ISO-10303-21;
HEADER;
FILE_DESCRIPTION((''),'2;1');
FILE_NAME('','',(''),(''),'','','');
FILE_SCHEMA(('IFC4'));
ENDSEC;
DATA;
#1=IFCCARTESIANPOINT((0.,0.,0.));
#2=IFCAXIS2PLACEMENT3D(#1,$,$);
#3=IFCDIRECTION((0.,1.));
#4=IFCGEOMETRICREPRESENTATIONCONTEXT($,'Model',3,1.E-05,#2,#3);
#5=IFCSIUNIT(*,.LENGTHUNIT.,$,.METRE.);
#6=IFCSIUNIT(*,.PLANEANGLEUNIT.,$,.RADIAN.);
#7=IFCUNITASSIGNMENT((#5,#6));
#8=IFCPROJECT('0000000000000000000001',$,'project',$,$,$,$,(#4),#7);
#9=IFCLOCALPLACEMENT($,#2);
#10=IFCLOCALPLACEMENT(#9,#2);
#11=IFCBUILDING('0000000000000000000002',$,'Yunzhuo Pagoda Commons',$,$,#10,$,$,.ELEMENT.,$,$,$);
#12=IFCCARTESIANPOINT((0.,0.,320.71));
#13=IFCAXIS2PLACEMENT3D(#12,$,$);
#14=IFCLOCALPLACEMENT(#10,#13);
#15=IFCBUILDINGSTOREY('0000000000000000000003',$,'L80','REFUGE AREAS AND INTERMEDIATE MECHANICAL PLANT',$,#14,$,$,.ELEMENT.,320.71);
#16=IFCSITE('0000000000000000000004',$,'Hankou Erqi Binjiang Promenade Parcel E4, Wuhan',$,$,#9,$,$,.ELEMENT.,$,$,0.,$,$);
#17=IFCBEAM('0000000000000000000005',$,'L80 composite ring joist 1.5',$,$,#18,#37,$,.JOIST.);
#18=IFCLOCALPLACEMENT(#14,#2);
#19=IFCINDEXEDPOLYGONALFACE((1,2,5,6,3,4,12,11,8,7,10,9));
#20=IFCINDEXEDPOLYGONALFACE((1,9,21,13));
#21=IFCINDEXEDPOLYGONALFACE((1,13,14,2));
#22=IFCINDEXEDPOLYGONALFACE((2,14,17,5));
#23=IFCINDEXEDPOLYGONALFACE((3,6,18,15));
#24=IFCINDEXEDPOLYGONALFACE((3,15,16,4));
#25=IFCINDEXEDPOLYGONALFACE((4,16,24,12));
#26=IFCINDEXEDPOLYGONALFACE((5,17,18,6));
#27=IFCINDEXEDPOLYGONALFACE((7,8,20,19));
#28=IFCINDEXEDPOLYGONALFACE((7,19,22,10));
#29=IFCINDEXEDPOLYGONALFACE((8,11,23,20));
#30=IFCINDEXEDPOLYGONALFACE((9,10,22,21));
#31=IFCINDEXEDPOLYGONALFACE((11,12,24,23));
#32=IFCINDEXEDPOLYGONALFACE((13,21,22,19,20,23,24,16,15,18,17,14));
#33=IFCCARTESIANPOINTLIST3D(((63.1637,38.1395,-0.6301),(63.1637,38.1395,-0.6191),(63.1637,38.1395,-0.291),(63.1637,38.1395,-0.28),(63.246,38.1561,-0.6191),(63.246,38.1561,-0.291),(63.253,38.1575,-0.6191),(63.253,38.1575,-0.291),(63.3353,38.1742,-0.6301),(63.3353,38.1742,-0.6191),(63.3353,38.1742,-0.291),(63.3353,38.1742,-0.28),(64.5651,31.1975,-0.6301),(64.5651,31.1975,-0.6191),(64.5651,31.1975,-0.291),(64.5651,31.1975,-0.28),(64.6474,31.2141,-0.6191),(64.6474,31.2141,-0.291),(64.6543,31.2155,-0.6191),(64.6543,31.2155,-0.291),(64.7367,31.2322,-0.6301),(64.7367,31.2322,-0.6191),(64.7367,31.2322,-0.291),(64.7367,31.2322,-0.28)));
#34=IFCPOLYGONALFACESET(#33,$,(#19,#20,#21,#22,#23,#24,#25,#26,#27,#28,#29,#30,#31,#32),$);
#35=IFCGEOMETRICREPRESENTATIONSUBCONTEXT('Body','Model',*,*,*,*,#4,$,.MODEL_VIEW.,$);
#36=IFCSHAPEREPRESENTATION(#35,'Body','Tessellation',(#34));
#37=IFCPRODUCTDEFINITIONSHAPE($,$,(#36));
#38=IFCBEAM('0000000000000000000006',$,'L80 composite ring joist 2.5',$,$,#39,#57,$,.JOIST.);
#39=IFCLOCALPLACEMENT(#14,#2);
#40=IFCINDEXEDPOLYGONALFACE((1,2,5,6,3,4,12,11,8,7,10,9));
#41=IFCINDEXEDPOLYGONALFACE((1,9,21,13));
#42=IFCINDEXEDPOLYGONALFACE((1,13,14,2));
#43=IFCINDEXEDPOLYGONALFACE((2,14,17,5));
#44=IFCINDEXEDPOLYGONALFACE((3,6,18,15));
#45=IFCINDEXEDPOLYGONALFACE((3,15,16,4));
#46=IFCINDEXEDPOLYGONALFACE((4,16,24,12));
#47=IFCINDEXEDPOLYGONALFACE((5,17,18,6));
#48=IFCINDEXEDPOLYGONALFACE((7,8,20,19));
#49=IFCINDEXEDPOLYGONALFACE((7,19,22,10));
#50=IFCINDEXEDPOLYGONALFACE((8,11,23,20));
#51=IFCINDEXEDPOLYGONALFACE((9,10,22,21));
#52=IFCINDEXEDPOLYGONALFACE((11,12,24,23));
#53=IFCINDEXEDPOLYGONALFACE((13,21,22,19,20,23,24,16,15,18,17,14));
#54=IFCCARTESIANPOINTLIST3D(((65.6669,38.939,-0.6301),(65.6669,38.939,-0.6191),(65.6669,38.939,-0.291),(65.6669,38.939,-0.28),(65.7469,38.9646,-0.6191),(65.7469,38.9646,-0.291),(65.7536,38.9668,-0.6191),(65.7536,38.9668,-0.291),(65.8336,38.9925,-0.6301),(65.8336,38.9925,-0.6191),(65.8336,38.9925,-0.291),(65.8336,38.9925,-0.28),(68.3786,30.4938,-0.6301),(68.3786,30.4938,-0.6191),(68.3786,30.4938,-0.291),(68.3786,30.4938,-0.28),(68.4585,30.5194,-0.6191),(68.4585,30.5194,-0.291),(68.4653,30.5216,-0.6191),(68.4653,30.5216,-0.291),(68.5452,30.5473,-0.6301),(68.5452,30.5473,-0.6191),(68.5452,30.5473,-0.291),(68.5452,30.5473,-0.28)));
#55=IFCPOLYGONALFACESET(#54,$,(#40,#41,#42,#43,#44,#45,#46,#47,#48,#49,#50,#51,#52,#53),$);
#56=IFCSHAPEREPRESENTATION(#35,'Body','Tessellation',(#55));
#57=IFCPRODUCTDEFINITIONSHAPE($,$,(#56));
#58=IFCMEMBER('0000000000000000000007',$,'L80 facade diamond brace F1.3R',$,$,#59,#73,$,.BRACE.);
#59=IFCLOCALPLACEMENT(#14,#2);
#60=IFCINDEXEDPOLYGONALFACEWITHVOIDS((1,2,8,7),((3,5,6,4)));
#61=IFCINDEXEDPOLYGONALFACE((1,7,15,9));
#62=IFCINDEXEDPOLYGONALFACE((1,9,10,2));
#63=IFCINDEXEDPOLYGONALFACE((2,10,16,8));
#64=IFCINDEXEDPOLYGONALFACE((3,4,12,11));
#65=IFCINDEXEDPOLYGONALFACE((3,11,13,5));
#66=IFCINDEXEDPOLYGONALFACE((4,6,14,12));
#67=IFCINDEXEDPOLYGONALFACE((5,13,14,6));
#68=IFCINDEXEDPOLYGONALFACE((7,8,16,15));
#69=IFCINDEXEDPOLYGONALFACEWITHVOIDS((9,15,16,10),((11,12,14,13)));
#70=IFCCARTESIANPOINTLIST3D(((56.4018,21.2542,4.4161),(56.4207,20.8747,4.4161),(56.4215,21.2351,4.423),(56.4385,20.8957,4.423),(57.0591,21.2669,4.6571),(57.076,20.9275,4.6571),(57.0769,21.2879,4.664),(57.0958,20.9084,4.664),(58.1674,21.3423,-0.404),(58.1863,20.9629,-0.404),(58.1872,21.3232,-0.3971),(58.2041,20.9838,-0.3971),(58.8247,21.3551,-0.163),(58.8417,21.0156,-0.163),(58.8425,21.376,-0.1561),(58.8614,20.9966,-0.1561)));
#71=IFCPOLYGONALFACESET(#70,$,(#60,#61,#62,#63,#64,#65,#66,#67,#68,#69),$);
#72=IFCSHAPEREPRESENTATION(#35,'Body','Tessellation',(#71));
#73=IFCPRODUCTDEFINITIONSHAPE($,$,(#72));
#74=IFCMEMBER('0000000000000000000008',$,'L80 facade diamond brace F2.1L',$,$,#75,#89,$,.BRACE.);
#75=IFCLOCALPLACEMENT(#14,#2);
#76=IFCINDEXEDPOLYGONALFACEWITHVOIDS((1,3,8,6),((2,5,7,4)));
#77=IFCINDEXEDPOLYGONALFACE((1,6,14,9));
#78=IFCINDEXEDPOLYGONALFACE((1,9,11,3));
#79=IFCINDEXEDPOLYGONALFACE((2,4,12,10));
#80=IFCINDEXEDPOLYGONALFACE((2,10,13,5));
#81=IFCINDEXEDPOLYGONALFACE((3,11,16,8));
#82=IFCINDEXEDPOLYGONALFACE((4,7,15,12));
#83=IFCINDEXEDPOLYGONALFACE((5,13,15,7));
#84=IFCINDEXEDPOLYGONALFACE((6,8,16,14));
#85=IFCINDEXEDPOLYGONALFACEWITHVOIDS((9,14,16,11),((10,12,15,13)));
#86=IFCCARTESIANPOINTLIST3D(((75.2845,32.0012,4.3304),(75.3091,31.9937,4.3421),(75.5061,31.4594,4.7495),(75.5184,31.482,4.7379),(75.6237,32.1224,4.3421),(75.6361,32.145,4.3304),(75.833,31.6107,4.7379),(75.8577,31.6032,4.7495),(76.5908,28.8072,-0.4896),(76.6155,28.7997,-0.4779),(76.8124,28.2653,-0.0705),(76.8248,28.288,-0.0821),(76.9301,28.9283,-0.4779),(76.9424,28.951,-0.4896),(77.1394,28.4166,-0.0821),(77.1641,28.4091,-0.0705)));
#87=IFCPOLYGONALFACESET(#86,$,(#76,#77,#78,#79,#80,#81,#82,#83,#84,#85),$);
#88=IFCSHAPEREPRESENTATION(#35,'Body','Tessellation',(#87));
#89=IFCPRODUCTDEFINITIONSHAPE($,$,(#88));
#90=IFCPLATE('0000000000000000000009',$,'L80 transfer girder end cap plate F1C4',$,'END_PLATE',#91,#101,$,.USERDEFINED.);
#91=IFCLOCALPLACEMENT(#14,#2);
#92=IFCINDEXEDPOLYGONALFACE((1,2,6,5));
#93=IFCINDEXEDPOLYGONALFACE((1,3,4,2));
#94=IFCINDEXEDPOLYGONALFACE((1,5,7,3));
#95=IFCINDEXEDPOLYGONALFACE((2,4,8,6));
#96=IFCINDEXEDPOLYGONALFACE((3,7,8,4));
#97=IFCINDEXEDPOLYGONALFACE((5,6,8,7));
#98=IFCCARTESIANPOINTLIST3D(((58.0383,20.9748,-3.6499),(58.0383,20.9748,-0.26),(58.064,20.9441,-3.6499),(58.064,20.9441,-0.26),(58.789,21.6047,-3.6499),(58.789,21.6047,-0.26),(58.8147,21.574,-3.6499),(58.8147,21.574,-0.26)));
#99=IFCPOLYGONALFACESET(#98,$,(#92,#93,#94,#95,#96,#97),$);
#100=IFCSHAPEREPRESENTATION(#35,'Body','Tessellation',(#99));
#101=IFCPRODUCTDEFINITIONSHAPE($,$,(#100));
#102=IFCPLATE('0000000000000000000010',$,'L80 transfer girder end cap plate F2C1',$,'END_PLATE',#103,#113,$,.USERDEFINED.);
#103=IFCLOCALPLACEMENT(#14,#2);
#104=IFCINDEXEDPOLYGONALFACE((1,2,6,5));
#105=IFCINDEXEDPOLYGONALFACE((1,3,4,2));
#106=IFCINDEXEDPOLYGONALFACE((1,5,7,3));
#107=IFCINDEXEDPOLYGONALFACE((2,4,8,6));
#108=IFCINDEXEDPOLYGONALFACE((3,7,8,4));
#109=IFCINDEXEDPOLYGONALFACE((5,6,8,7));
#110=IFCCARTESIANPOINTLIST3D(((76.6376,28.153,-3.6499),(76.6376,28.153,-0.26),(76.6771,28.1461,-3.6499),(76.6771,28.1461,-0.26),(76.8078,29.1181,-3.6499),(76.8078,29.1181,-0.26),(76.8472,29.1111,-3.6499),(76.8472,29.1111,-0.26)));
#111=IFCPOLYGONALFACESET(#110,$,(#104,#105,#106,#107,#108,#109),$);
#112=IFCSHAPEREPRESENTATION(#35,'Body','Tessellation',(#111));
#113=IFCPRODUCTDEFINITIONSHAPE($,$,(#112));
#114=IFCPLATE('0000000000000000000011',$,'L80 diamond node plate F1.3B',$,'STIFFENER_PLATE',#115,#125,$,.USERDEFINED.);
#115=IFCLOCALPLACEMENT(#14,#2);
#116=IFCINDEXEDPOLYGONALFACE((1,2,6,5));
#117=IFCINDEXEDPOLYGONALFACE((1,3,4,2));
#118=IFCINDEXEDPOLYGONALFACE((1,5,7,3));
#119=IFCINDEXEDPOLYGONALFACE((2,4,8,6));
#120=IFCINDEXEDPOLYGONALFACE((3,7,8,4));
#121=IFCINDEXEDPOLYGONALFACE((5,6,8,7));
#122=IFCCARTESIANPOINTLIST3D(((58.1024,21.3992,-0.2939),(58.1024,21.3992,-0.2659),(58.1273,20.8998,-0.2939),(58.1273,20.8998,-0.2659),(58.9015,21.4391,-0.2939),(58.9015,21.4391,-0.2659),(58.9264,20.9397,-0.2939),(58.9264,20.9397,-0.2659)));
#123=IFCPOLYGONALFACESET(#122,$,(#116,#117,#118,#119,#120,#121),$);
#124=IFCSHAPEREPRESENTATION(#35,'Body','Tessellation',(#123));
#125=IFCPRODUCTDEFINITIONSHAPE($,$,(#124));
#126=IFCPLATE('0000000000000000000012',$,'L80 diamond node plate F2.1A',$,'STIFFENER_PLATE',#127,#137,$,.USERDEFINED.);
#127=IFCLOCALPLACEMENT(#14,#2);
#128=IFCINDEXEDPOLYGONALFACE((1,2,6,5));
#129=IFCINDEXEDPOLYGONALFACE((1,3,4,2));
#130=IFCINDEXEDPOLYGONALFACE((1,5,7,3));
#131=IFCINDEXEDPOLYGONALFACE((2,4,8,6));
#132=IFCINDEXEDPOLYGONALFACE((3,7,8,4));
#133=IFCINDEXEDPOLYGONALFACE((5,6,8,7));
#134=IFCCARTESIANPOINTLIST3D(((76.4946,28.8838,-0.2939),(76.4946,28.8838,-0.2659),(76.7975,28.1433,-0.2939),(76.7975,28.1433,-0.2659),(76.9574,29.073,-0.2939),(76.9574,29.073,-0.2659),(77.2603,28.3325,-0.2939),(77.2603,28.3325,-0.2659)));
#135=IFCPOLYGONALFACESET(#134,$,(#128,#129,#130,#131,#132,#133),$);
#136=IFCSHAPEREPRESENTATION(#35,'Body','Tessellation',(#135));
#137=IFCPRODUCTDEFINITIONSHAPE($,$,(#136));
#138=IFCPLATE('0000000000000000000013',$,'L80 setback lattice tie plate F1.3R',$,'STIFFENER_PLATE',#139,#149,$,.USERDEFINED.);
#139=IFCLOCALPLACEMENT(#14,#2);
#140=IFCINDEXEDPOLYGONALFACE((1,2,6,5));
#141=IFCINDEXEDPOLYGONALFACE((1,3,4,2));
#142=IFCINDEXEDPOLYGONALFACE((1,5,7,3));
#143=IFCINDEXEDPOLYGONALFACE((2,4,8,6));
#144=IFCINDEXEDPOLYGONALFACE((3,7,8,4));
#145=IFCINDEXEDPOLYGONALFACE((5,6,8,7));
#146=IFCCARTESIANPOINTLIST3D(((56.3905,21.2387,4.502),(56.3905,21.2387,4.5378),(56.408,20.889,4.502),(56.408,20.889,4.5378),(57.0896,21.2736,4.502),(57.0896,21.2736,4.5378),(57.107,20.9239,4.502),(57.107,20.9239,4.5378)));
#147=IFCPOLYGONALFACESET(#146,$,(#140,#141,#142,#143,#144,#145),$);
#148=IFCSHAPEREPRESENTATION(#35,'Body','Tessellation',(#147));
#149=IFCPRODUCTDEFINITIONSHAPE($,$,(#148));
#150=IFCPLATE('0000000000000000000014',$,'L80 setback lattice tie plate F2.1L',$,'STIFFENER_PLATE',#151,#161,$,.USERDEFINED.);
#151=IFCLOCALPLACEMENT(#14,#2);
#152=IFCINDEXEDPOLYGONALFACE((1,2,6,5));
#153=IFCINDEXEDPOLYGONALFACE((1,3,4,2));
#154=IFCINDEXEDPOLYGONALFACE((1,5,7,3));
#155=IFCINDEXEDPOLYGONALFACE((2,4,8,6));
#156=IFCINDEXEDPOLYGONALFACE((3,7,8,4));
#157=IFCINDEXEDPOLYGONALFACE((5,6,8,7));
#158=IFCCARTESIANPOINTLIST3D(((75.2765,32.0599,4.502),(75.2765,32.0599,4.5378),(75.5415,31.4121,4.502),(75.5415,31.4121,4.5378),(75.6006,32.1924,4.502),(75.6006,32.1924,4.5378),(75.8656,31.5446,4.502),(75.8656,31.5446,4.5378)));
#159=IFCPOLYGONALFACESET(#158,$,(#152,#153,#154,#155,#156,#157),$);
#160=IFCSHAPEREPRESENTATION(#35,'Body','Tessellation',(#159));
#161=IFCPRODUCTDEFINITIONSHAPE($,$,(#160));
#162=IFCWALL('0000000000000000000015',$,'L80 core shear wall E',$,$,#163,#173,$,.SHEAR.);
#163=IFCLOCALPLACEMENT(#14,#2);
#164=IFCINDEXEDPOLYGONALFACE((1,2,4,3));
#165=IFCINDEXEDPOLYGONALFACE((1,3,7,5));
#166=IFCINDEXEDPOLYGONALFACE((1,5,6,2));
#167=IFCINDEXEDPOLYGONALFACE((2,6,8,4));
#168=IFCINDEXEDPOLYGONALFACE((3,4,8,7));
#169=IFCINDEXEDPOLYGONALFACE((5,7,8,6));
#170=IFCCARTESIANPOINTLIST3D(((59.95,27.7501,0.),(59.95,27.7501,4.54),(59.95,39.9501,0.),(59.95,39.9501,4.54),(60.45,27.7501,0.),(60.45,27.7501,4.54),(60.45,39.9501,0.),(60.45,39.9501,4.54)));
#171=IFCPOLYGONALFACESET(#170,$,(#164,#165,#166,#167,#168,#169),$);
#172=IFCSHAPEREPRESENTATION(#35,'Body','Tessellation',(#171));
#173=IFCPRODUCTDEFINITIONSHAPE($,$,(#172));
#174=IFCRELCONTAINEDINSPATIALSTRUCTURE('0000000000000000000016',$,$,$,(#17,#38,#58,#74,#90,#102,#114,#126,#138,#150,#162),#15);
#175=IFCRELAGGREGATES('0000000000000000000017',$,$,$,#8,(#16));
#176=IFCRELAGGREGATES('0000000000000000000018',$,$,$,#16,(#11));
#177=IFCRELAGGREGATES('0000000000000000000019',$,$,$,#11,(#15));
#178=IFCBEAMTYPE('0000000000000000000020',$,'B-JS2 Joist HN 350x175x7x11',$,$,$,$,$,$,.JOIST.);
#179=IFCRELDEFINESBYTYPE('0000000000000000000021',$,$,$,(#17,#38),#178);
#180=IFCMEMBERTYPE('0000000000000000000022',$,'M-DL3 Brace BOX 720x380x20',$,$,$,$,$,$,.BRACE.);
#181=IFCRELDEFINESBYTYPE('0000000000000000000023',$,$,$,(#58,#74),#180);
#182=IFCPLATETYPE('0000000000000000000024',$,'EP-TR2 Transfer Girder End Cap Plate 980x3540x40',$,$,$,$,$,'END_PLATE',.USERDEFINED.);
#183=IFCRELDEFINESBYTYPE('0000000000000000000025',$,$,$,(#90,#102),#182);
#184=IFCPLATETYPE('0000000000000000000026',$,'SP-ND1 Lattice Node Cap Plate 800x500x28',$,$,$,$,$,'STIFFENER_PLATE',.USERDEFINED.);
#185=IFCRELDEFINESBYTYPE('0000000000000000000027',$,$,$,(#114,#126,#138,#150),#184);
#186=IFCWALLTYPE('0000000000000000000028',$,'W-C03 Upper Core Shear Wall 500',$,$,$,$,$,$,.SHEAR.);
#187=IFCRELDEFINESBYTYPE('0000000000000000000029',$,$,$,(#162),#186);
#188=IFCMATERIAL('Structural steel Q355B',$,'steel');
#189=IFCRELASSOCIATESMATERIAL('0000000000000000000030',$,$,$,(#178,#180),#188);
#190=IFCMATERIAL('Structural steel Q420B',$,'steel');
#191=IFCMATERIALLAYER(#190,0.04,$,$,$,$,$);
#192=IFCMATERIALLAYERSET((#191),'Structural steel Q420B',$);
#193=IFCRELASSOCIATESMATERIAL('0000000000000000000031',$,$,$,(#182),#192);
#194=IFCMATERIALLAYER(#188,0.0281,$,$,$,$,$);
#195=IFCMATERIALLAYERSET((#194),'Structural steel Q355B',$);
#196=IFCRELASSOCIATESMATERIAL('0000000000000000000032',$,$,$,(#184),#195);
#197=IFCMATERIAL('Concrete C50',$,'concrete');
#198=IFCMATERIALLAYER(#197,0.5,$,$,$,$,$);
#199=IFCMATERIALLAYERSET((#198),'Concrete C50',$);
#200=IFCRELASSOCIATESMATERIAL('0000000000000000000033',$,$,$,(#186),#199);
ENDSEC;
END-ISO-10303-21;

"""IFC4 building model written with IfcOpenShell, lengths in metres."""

from ifc_helpers import new_model, si_unit, direction, frame, frame_2d, origin, origin_2d, place, context, subcontext, project, spatial, rectangle, hollow_rectangle, i_section, extrude, source, transform, mapped, material, layer, layer_set, material_profile, profile_set, type_object, element, save


model = new_model("IFC4")

# Units and contexts
model_context = context("Model", 3, precision=1e-05, world=origin(), true_north=direction((0.0, 1.0)))
body_context = subcontext(model_context, "Body", "Model", "MODEL_VIEW")
ifc_project = project(units=[si_unit("LENGTHUNIT", "METRE"), si_unit("PLANEANGLEUNIT", "RADIAN")], contexts=[model_context])

# Site, building, storey
site_placement = place(None, origin())
site = spatial("IfcSite", under=ifc_project, at=site_placement, Name="Hankou Erqi Binjiang Promenade Parcel E4, Wuhan", CompositionType="ELEMENT", RefElevation=0.0)
building_placement = place(site_placement, origin())
building = spatial("IfcBuilding", under=site, at=building_placement, Name="Yunzhuo Pagoda Commons", CompositionType="ELEMENT")
storey_placement = place(building_placement, frame((0.0, 0.0, 320.71)))
storey = spatial("IfcBuildingStorey", under=building, at=storey_placement, Name="L80", Description="REFUGE AREAS AND INTERMEDIATE MECHANICAL PLANT", CompositionType="ELEMENT", Elevation=320.71)

# Shared definitions
ifc_material_1 = material(Name="Structural steel Q420B", Category="steel")
ifc_material_2 = material(Name="Structural steel Q355B", Category="steel")

# Beams
ifc_material_profile_1 = material_profile(ifc_material_2, i_section(OverallWidth=0.175, OverallDepth=0.3501, WebThickness=0.0071, FlangeThickness=0.011, at=origin_2d()), Name="Structural steel Q355B")
ifc_profile_set_1 = profile_set([ifc_material_profile_1], Name="Structural steel Q355B")
beam_type_1 = type_object("IfcBeamType", Name="B-JS2 Joist HN 350x175x7x11", PredefinedType="JOIST", material=ifc_profile_set_1)
shared_shape_1 = source(origin(), body_context, "Body", "SweptSolid", [
    extrude(i_section(OverallWidth=0.175, OverallDepth=0.3501, WebThickness=0.0071, FlangeThickness=0.011, at=origin_2d()), origin(), (0.0, 0.0, 1.0), 7.082),
])
beam_1_placement = place(storey_placement, frame((64.6509, 31.2148, -0.4551), z_axis=(-0.197879, 0.980226, 0.0), x_axis=(-0.980226, -0.197879, 0.0)))
element("IfcBeam", 1, at=beam_1_placement, inside=storey, type_object=beam_type_1, Name="L80 composite ring joist 1.5", PredefinedType="JOIST", context=body_context, shape_type="MappedRepresentation", body=[
    mapped(shared_shape_1, transform((0.0, 0.0, 0.0), scale=1.0)),
])
shared_shape_2 = source(origin(), body_context, "Body", "SweptSolid", [
    extrude(i_section(OverallWidth=0.175, OverallDepth=0.3501, WebThickness=0.0071, FlangeThickness=0.011, at=origin_2d()), origin(), (0.0, 0.0, 1.0), 8.8699),
])
beam_2_placement = place(storey_placement, frame((68.4619, 30.5205, -0.4551), z_axis=(-0.305713, 0.952124, 0.0), x_axis=(-0.952124, -0.305713, 0.0)))
element("IfcBeam", 2, at=beam_2_placement, inside=storey, type_object=beam_type_1, Name="L80 composite ring joist 2.5", PredefinedType="JOIST", context=body_context, shape_type="MappedRepresentation", body=[
    mapped(shared_shape_2, transform((0.0, 0.0, 0.0), scale=1.0)),
])

# Members
ifc_material_profile_2 = material_profile(ifc_material_2, hollow_rectangle(XDim=0.3799, YDim=0.72, WallThickness=0.02, at=origin_2d()), Name="Structural steel Q355B")
ifc_profile_set_2 = profile_set([ifc_material_profile_2], Name="Structural steel Q355B")
member_type = type_object("IfcMemberType", Name="M-DL3 Brace BOX 720x380x20", PredefinedType="BRACE", material=ifc_profile_set_2)
shared_shape_3 = source(origin(), body_context, "Body", "SweptSolid", [
    extrude(hollow_rectangle(XDim=0.3799, YDim=0.72, WallThickness=0.02, at=origin_2d()), origin(), (0.0, 0.0, 1.0), 5.134),
])
member_1_placement = place(storey_placement, frame((58.5144, 21.1694, -0.28), z_axis=(-0.343906, -0.017167, 0.938847), x_axis=(0.049855, -0.998756, 0.0)))
element("IfcMember", 3, at=member_1_placement, inside=storey, type_object=member_type, Name="L80 facade diamond brace F1.3R", PredefinedType="BRACE", context=body_context, shape_type="MappedRepresentation", body=[
    mapped(shared_shape_3, transform((0.0, 0.0, 0.0), scale=1.0)),
])
shared_shape_4 = source(origin(), body_context, "Body", "SweptSolid", [
    extrude(hollow_rectangle(XDim=0.3799, YDim=0.72, WallThickness=0.02, at=origin_2d()), origin(), (0.0, 0.0, 1.0), 5.928),
])
member_2_placement = place(storey_placement, frame((76.8774, 28.6082, -0.28), z_axis=(-0.220375, 0.538809, 0.813093), x_axis=(-0.925575, -0.378564, 0.0)))
element("IfcMember", 4, at=member_2_placement, inside=storey, type_object=member_type, Name="L80 facade diamond brace F2.1L", PredefinedType="BRACE", context=body_context, shape_type="MappedRepresentation", body=[
    mapped(shared_shape_4, transform((0.0, 0.0, 0.0), scale=1.0)),
])

# Plates
ifc_layer_1 = layer(ifc_material_1, 0.04)
ifc_layer_set_1 = layer_set([ifc_layer_1], Name="Structural steel Q420B")
plate_type_1 = type_object("IfcPlateType", Name="EP-TR2 Transfer Girder End Cap Plate 980x3540x40", ElementType="END_PLATE", PredefinedType="USERDEFINED", material=ifc_layer_set_1)
shared_shape_5 = source(origin(), body_context, "Body", "SweptSolid", [
    extrude(rectangle(XDim=0.98, YDim=0.04, at=origin_2d()), origin(), (0.0, 0.0, 1.0), 3.3899),
])
for number, where, z_axis, x_axis, name in (
    (5, (58.4265, 21.2744, -3.6499), (0.0, 0.0, 1.0), (0.766044, 0.642788, 0.0), "L80 transfer girder end cap plate F1C4"),
    (6, (76.7424, 28.6321, -3.6499), (0.0, 0.0, 1.0), (0.173648, 0.984808, 0.0), "L80 transfer girder end cap plate F2C1"),
):
    element("IfcPlate", number, at=place(storey_placement, frame(where, z_axis=z_axis, x_axis=x_axis)), inside=storey, type_object=plate_type_1, Name=name, ObjectType="END_PLATE", PredefinedType="USERDEFINED", context=body_context, shape_type="MappedRepresentation", body=[
        mapped(shared_shape_5, transform((0.0, 0.0, 0.0), scale=1.0)),
    ])
ifc_layer_2 = layer(ifc_material_2, 0.0281)
ifc_layer_set_2 = layer_set([ifc_layer_2], Name="Structural steel Q355B")
plate_type_2 = type_object("IfcPlateType", Name="SP-ND1 Lattice Node Cap Plate 800x500x28", ElementType="STIFFENER_PLATE", PredefinedType="USERDEFINED", material=ifc_layer_set_2)
shared_shape_6 = source(origin(), body_context, "Body", "SweptSolid", [
    extrude(rectangle(XDim=0.8, YDim=0.5, at=origin_2d()), origin(), (0.0, 0.0, 1.0), 0.0281),
])
for number, where, z_axis, x_axis, name in (
    (7, (58.5144, 21.1694, -0.2939), (0.0, 0.0, 1.0), (0.998757, 0.049843, 0.0), "L80 diamond node plate F1.3B"),
    (8, (76.8774, 28.6082, -0.2939), (0.0, 0.0, 1.0), (-0.378568, 0.925574, 0.0), "L80 diamond node plate F2.1A"),
):
    element("IfcPlate", number, at=place(storey_placement, frame(where, z_axis=z_axis, x_axis=x_axis)), inside=storey, type_object=plate_type_2, Name=name, ObjectType="STIFFENER_PLATE", PredefinedType="USERDEFINED", context=body_context, shape_type="MappedRepresentation", body=[
        mapped(shared_shape_6, transform((0.0, 0.0, 0.0), scale=1.0)),
    ])
shared_shape_7 = source(origin(), body_context, "Body", "SweptSolid", [
    extrude(rectangle(XDim=0.7, YDim=0.3501, at=origin_2d()), origin(), (0.0, 0.0, 1.0), 0.0359),
])
for number, where, z_axis, x_axis, name in (
    (9, (56.7488, 21.0813, 4.502), (0.0, 0.0, 1.0), (0.998757, 0.049843, 0.0), "L80 setback lattice tie plate F1.3R"),
    (10, (75.571, 31.8022, 4.502), (0.0, 0.0, 1.0), (-0.378568, 0.925574, 0.0), "L80 setback lattice tie plate F2.1L"),
):
    element("IfcPlate", number, at=place(storey_placement, frame(where, z_axis=z_axis, x_axis=x_axis)), inside=storey, type_object=plate_type_2, Name=name, ObjectType="STIFFENER_PLATE", PredefinedType="USERDEFINED", context=body_context, shape_type="MappedRepresentation", body=[
        mapped(shared_shape_7, transform((0.0, 0.0, 0.0), scale=1.0)),
    ])

# Wall
ifc_material_3 = material(Name="Concrete C50", Category="concrete")
ifc_layer_3 = layer(ifc_material_3, 0.5)
ifc_layer_set_3 = layer_set([ifc_layer_3], Name="Concrete C50")
wall_type_1 = type_object("IfcWallType", Name="W-C03 Upper Core Shear Wall 500", PredefinedType="SHEAR", material=ifc_layer_set_3)
wall_1_placement = place(storey_placement, frame((60.2, 27.75, 0.0), z_axis=(0.0, 0.0, 1.0), x_axis=(0.0, 1.0, 0.0)))
element("IfcWall", 11, at=wall_1_placement, inside=storey, type_object=wall_type_1, Name="L80 core shear wall E", PredefinedType="SHEAR", context=body_context, shape_type="SweptSolid", body=[
    extrude(rectangle(XDim=12.2, YDim=0.5, at=frame_2d((6.1001, 0.0))), origin(), (0.0, 0.0, 1.0), 4.54),
])

save(model, "model.ifc")
